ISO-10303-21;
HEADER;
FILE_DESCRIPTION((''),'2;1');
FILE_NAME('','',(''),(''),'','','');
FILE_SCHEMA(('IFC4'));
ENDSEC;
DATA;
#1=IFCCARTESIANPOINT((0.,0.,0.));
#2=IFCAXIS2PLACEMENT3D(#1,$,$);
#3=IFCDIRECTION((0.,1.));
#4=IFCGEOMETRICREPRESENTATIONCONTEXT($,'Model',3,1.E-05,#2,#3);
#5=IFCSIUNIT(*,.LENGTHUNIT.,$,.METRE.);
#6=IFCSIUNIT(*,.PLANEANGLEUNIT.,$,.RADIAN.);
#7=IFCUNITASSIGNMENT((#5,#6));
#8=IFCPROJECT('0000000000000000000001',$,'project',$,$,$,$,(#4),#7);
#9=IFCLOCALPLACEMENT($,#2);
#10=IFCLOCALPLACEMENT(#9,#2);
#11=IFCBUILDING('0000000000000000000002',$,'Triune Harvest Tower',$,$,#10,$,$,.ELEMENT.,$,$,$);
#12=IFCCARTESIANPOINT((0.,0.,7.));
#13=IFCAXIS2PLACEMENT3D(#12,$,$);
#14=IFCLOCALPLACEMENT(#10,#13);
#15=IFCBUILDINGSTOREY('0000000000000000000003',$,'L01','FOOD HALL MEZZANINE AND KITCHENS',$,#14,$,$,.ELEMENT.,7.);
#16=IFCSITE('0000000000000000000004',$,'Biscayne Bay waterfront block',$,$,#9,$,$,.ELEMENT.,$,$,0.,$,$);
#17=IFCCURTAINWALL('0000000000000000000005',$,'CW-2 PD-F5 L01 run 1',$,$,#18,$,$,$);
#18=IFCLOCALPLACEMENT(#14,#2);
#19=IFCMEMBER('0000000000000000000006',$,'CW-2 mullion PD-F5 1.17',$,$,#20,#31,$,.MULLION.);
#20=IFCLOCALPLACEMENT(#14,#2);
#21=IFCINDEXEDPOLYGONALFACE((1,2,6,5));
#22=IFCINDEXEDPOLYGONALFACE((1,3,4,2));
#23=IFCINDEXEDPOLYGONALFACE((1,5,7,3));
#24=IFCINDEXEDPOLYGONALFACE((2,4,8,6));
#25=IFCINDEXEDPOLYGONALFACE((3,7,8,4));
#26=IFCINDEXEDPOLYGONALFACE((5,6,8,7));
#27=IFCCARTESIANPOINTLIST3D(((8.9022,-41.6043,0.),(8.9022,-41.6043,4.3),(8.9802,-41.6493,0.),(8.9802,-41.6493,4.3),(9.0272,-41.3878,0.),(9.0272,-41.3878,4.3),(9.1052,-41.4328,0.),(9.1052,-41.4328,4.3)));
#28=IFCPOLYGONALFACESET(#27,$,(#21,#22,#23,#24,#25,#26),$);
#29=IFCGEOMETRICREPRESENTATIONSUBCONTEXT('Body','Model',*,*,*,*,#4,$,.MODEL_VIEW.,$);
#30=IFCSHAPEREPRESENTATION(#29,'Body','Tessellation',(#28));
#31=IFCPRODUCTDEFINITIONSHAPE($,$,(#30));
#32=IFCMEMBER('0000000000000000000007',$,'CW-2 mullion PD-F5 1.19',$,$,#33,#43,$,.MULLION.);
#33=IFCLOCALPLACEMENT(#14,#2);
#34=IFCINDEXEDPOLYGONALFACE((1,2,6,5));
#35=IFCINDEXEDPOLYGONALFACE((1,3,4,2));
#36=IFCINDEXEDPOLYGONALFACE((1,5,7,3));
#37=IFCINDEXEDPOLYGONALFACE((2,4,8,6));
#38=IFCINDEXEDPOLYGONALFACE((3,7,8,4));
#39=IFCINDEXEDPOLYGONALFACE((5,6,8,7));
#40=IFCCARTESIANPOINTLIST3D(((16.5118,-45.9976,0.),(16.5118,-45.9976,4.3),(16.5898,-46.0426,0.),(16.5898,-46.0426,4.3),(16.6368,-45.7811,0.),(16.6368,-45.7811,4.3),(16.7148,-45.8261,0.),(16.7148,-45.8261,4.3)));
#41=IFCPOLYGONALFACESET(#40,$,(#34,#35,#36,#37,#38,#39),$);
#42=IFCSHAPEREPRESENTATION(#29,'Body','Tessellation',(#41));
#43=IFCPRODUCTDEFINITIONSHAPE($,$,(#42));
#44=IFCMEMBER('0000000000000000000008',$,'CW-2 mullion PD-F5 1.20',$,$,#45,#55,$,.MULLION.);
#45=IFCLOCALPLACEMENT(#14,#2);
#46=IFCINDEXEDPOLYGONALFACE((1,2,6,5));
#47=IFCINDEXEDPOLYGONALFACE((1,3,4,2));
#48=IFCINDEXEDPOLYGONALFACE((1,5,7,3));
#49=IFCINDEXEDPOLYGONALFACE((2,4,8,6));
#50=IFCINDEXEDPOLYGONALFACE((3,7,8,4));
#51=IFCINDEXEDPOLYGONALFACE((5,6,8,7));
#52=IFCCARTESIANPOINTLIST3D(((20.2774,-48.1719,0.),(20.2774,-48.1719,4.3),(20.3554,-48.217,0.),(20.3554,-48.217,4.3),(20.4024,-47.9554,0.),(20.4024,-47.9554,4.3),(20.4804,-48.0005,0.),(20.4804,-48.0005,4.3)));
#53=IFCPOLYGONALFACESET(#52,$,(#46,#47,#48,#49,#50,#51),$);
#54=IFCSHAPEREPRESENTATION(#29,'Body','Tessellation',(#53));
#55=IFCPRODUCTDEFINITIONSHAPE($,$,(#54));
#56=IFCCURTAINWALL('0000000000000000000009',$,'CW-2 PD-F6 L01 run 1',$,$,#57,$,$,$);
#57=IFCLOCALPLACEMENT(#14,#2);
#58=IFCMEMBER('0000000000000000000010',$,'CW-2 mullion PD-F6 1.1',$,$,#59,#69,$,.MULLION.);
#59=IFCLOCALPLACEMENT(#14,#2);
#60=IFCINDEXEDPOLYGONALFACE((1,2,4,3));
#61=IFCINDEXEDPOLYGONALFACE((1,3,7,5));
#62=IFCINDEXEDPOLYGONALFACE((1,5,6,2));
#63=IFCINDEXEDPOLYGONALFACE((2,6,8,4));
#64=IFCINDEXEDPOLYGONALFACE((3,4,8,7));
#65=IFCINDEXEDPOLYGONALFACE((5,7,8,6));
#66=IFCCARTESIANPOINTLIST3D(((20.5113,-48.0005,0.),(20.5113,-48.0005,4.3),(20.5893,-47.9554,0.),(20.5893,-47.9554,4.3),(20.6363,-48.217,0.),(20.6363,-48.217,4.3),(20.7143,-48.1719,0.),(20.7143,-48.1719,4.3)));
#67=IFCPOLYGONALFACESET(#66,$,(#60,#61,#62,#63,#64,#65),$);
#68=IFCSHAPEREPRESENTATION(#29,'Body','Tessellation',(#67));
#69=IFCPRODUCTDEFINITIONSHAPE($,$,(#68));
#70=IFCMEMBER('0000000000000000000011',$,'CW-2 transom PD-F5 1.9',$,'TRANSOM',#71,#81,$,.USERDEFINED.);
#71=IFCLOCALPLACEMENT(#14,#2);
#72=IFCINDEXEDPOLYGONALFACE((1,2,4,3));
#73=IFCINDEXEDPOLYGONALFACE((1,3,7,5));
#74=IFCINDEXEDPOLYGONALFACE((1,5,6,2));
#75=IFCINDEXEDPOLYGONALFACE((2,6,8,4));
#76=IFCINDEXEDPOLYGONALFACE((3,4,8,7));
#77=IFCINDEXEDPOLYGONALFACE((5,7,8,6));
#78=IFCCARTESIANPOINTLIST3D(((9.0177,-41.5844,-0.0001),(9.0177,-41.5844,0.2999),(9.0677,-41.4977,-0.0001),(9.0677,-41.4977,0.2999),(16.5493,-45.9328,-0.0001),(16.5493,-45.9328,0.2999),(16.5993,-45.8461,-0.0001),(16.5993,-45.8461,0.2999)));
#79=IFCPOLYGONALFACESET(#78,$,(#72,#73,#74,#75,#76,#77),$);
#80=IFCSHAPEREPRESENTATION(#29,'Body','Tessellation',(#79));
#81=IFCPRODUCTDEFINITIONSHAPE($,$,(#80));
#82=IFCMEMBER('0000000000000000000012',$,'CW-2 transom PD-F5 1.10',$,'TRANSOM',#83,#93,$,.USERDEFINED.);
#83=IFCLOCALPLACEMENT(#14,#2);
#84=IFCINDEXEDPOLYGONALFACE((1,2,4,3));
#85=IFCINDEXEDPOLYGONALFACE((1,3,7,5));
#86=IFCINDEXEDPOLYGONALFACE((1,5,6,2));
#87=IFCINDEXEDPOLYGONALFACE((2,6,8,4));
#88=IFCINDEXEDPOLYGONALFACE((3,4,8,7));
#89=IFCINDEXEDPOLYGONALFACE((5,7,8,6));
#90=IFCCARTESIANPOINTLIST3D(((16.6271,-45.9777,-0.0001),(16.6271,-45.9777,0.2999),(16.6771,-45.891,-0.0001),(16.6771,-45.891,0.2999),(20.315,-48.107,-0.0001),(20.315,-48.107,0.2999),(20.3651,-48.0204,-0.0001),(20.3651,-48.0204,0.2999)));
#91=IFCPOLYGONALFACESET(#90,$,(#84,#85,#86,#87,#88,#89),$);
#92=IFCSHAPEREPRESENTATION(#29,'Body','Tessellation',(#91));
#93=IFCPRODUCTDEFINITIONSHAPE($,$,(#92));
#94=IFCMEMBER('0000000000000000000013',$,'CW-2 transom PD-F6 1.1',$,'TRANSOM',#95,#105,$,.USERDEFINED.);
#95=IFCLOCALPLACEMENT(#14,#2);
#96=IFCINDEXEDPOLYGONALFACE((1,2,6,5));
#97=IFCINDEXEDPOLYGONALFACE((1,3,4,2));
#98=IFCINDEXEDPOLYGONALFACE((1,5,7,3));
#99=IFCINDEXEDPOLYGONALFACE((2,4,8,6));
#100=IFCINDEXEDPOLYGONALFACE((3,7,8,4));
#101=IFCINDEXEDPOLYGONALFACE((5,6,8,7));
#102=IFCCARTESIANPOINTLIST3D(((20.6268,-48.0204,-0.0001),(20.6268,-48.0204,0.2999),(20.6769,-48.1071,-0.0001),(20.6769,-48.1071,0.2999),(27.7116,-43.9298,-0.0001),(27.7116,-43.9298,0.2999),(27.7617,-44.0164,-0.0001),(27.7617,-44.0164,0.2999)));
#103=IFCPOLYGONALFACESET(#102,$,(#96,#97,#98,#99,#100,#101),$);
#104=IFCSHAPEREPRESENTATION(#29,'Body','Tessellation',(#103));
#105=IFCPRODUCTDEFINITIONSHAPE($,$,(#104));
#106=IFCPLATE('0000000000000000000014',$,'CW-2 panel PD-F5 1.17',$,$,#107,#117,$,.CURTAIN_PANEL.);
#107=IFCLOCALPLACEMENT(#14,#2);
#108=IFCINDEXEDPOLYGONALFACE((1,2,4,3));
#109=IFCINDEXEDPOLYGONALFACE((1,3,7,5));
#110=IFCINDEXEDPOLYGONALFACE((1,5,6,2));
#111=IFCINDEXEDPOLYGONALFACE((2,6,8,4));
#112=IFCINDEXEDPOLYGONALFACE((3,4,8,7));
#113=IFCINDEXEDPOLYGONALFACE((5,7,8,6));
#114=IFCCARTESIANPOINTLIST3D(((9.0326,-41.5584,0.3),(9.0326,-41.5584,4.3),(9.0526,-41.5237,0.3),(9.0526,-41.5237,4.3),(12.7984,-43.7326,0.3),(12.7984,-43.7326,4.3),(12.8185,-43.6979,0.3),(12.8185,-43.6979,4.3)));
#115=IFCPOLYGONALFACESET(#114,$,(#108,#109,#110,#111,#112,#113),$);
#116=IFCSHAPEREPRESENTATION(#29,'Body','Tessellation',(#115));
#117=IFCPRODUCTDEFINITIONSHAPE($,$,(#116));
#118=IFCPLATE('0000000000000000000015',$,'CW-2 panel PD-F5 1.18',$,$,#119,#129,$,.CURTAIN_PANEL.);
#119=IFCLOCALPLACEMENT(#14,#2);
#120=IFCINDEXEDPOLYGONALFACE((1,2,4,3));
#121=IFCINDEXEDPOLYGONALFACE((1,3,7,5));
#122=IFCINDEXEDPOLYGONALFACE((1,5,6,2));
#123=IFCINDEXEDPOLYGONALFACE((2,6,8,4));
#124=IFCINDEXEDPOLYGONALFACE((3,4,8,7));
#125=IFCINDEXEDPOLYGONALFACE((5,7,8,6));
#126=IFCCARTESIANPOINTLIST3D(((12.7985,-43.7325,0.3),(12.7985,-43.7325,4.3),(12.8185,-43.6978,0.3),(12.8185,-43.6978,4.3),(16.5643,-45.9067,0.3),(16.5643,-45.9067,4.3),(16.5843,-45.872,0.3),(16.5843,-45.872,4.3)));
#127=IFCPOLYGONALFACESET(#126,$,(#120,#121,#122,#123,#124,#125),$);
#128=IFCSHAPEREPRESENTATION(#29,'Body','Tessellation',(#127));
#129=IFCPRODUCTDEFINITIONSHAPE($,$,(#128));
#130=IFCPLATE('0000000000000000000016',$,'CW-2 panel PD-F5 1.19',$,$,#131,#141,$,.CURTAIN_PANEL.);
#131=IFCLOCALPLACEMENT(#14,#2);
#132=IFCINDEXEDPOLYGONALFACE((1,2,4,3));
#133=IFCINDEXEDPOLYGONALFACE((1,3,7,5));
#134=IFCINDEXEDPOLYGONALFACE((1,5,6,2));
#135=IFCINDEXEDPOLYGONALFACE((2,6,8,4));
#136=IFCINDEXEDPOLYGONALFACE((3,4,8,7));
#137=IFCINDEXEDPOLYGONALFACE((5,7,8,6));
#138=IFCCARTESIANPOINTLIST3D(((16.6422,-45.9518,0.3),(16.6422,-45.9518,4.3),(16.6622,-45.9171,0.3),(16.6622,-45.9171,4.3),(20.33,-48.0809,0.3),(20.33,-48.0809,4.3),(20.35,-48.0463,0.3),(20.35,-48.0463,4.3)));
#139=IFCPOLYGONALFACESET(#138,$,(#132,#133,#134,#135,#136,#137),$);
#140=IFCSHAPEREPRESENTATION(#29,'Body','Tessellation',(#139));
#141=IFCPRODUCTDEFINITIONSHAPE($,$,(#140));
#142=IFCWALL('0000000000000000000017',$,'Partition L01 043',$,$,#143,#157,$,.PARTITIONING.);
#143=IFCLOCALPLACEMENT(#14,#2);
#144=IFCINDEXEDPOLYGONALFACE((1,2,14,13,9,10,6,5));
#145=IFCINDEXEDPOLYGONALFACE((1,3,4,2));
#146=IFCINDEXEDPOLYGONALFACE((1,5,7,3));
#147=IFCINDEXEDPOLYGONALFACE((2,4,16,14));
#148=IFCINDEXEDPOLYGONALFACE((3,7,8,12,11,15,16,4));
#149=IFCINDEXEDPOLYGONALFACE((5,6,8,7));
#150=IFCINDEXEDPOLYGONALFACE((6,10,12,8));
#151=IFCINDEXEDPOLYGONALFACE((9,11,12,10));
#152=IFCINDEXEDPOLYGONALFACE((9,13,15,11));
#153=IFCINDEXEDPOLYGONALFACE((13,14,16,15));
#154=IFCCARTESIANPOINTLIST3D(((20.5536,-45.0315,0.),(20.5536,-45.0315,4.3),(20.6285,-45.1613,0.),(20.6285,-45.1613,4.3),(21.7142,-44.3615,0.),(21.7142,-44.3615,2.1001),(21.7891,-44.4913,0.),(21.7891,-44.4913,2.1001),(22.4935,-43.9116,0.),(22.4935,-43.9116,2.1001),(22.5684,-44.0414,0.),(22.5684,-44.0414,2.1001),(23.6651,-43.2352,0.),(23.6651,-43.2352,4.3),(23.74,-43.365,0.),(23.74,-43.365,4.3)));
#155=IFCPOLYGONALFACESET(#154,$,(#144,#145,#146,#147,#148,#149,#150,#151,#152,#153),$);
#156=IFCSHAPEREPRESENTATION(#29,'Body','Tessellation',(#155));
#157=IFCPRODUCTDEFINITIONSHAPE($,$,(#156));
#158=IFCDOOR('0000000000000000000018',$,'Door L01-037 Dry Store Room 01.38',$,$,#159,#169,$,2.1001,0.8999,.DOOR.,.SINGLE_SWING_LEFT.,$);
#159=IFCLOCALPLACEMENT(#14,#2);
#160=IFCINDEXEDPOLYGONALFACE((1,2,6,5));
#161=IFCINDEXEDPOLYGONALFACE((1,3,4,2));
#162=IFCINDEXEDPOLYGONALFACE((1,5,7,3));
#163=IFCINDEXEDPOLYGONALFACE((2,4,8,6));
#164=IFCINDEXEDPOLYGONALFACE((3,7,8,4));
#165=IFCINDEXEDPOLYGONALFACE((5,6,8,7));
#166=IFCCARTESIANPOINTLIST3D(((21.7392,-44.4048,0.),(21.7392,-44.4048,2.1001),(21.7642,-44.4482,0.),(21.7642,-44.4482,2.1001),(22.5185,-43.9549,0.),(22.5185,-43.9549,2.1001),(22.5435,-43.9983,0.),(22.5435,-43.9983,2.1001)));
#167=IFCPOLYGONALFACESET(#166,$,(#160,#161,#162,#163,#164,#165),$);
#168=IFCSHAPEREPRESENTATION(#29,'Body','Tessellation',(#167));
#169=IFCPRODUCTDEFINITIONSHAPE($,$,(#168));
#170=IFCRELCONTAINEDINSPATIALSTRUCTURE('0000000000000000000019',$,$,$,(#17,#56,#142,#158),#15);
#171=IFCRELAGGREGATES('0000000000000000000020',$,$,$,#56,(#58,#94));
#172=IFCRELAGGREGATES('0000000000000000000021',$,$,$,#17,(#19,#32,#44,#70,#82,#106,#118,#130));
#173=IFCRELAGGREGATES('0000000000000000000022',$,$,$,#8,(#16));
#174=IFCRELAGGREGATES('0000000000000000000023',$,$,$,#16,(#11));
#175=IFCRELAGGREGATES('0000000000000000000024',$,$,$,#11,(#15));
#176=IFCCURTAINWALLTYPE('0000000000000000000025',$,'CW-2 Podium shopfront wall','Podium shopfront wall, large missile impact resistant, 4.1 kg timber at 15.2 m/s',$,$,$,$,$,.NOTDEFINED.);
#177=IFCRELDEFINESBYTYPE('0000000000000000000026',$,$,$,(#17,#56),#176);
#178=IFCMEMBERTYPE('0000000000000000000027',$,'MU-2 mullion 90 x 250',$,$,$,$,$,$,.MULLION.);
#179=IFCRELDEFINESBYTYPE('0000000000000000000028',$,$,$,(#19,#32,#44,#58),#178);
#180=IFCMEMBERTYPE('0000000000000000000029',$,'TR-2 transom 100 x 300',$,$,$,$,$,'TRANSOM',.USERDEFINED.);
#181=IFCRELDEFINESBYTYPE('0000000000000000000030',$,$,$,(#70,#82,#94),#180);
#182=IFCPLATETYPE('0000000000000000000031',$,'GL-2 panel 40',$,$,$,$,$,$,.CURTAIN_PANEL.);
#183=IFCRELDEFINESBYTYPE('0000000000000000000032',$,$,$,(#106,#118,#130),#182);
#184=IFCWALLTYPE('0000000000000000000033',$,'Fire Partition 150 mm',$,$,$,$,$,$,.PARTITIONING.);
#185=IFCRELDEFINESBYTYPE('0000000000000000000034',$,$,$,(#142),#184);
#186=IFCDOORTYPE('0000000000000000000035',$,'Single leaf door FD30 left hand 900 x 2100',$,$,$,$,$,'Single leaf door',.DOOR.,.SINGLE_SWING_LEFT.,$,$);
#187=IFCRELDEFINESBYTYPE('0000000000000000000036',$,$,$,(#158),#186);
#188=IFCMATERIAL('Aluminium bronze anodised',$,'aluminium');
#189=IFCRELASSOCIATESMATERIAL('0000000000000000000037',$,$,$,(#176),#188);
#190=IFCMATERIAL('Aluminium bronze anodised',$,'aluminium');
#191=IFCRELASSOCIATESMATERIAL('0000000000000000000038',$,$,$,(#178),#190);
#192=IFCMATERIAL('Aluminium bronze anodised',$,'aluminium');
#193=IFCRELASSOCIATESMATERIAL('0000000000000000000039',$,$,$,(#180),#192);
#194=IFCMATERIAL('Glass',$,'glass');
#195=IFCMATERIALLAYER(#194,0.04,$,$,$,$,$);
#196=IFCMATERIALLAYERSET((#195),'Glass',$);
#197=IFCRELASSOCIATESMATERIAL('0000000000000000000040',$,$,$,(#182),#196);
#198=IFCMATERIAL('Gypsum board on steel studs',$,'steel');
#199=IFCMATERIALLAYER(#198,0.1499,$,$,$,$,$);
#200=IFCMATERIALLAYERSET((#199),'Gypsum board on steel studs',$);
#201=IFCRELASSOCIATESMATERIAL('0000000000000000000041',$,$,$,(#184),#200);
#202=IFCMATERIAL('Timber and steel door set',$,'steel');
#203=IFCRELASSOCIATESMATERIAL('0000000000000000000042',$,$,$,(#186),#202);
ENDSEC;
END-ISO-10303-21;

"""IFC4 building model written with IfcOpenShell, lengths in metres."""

from ifc_helpers import new_model, si_unit, direction, frame, frame_2d, origin, origin_2d, place, context, subcontext, project, spatial, rectangle, extrude, source, transform, mapped, material, layer, layer_set, material_profile, profile_set, type_object, element, fill, aggregate, save


model = new_model("IFC4")

# Units and contexts
model_context = context("Model", 3, precision=1e-05, world=origin(), true_north=direction((0.0, 1.0)))
body_context = subcontext(model_context, "Body", "Model", "MODEL_VIEW")
ifc_project = project(units=[si_unit("LENGTHUNIT", "METRE"), si_unit("PLANEANGLEUNIT", "RADIAN")], contexts=[model_context])

# Site, building, storey
site_placement = place(None, origin())
site = spatial("IfcSite", under=ifc_project, at=site_placement, Name="Biscayne Bay waterfront block", CompositionType="ELEMENT", RefElevation=0.0)
building_placement = place(site_placement, origin())
building = spatial("IfcBuilding", under=site, at=building_placement, Name="Triune Harvest Tower", CompositionType="ELEMENT")
storey_placement = place(building_placement, frame((0.0, 0.0, 7.0)))
storey = spatial("IfcBuildingStorey", under=building, at=storey_placement, Name="L01", Description="FOOD HALL MEZZANINE AND KITCHENS", CompositionType="ELEMENT", Elevation=7.0)

# Curtain wall, members
ifc_material_1 = material(Name="Aluminium bronze anodised", Category="aluminium")
curtain_wall_type = type_object("IfcCurtainWallType", Name="CW-2 Podium shopfront wall", Description="Podium shopfront wall, large missile impact resistant, 4.1 kg timber at 15.2 m/s", PredefinedType="NOTDEFINED", material=ifc_material_1)
curtain_wall_1_placement = place(storey_placement, origin())
curtain_wall_1 = element("IfcCurtainWall", 1, at=curtain_wall_1_placement, inside=storey, type_object=curtain_wall_type, Name="CW-2 PD-F5 L01 run 1")
ifc_material_2 = material(Name="Aluminium bronze anodised", Category="aluminium")
ifc_material_profile_1 = material_profile(ifc_material_2, rectangle(XDim=0.25, YDim=0.0901, at=origin_2d()), Name="MU-2 mullion 90 x 250")
ifc_profile_set_1 = profile_set([ifc_material_profile_1], Name="Aluminium bronze anodised")
member_type_1 = type_object("IfcMemberType", Name="MU-2 mullion 90 x 250", PredefinedType="MULLION", material=ifc_profile_set_1)
shared_shape_1 = source(origin(), body_context, "Body", "SweptSolid", [
    extrude(rectangle(XDim=0.25, YDim=0.0901, at=origin_2d()), origin(), (0.0, 0.0, 1.0), 4.3),
])
member_1_placement = place(storey_placement, frame((9.0037, -41.5186, 0.0), z_axis=(0.0, 0.0, 1.0), x_axis=(0.5, 0.866025, 0.0)))
member_1 = element("IfcMember", 2, at=member_1_placement, type_object=member_type_1, Name="CW-2 mullion PD-F5 1.17", PredefinedType="MULLION", context=body_context, shape_type="MappedRepresentation", body=[
    mapped(shared_shape_1, transform((0.0, 0.0, 0.0), scale=1.0)),
])
member_2_placement = place(storey_placement, frame((16.6133, -45.9119, 0.0), z_axis=(0.0, 0.0, 1.0), x_axis=(0.5, 0.866025, 0.0)))
member_2 = element("IfcMember", 3, at=member_2_placement, type_object=member_type_1, Name="CW-2 mullion PD-F5 1.19", PredefinedType="MULLION", context=body_context, shape_type="MappedRepresentation", body=[
    mapped(shared_shape_1, transform((0.0, 0.0, 0.0), scale=1.0)),
])
member_3_placement = place(storey_placement, frame((20.3789, -48.0862, 0.0), z_axis=(0.0, 0.0, 1.0), x_axis=(0.5, 0.866025, 0.0)))
member_3 = element("IfcMember", 4, at=member_3_placement, type_object=member_type_1, Name="CW-2 mullion PD-F5 1.20", PredefinedType="MULLION", context=body_context, shape_type="MappedRepresentation", body=[
    mapped(shared_shape_1, transform((0.0, 0.0, 0.0), scale=1.0)),
])

# Curtain wall, member
curtain_wall_2_placement = place(storey_placement, origin())
curtain_wall_2 = element("IfcCurtainWall", 5, at=curtain_wall_2_placement, inside=storey, type_object=curtain_wall_type, Name="CW-2 PD-F6 L01 run 1")
member_4_placement = place(storey_placement, frame((20.6128, -48.0862, 0.0), z_axis=(0.0, 0.0, 1.0), x_axis=(-0.499998, 0.866027, 0.0)))
member_4 = element("IfcMember", 6, at=member_4_placement, type_object=member_type_1, Name="CW-2 mullion PD-F6 1.1", PredefinedType="MULLION", context=body_context, shape_type="MappedRepresentation", body=[
    mapped(shared_shape_1, transform((0.0, 0.0, 0.0), scale=1.0)),
])

# Members
ifc_material_3 = material(Name="Aluminium bronze anodised", Category="aluminium")
ifc_material_profile_2 = material_profile(ifc_material_3, rectangle(XDim=0.1001, YDim=0.3, at=origin_2d()), Name="TR-2 transom 100 x 300")
ifc_profile_set_2 = profile_set([ifc_material_profile_2], Name="Aluminium bronze anodised")
member_type_2 = type_object("IfcMemberType", Name="TR-2 transom 100 x 300", ElementType="TRANSOM", PredefinedType="USERDEFINED", material=ifc_profile_set_2)
shared_shape_2 = source(origin(), body_context, "Body", "SweptSolid", [
    extrude(rectangle(XDim=0.1001, YDim=0.3, at=origin_2d()), origin(), (0.0, 0.0, 1.0), 8.6968),
])
member_5_placement = place(storey_placement, frame((9.0427, -41.541, 0.1499), z_axis=(0.866021, -0.500007, 0.0), x_axis=(0.500007, 0.866021, 0.0)))
member_5 = element("IfcMember", 7, at=member_5_placement, type_object=member_type_2, Name="CW-2 transom PD-F5 1.9", ObjectType="TRANSOM", PredefinedType="USERDEFINED", context=body_context, shape_type="MappedRepresentation", body=[
    mapped(shared_shape_2, transform((0.0, 0.0, 0.0), scale=1.0)),
])
shared_shape_3 = source(origin(), body_context, "Body", "SweptSolid", [
    extrude(rectangle(XDim=0.1001, YDim=0.3, at=origin_2d()), origin(), (0.0, 0.0, 1.0), 4.2585),
])
member_6_placement = place(storey_placement, frame((16.6521, -45.9343, 0.1499), z_axis=(0.866012, -0.500024, 0.0), x_axis=(0.500024, 0.866012, 0.0)))
member_6 = element("IfcMember", 8, at=member_6_placement, type_object=member_type_2, Name="CW-2 transom PD-F5 1.10", ObjectType="TRANSOM", PredefinedType="USERDEFINED", context=body_context, shape_type="MappedRepresentation", body=[
    mapped(shared_shape_3, transform((0.0, 0.0, 0.0), scale=1.0)),
])
shared_shape_4 = source(origin(), body_context, "Body", "SweptSolid", [
    extrude(rectangle(XDim=0.1001, YDim=0.3, at=origin_2d()), origin(), (0.0, 0.0, 1.0), 8.1809),
])
member_7_placement = place(storey_placement, frame((20.6519, -48.0637, 0.1499), z_axis=(0.866014, 0.50002, 0.0), x_axis=(-0.50002, 0.866014, 0.0)))
member_7 = element("IfcMember", 9, at=member_7_placement, type_object=member_type_2, Name="CW-2 transom PD-F6 1.1", ObjectType="TRANSOM", PredefinedType="USERDEFINED", context=body_context, shape_type="MappedRepresentation", body=[
    mapped(shared_shape_4, transform((0.0, 0.0, 0.0), scale=1.0)),
])
aggregate(curtain_wall_2, [member_4, member_7])

# Plates
ifc_material_4 = material(Name="Glass", Category="glass")
ifc_layer_1 = layer(ifc_material_4, 0.04)
ifc_layer_set_1 = layer_set([ifc_layer_1], Name="Glass")
plate_type = type_object("IfcPlateType", Name="GL-2 panel 40", PredefinedType="CURTAIN_PANEL", material=ifc_layer_set_1)
shared_shape_5 = source(origin(), body_context, "Body", "SweptSolid", [
    extrude(rectangle(XDim=4.3484, YDim=0.04, at=origin_2d()), origin(), (0.0, 0.0, 1.0), 4.0),
])
plate_1_placement = place(storey_placement, frame((10.9255, -42.6282, 0.3), z_axis=(0.0, 0.0, 1.0), x_axis=(0.866025, -0.5, 0.0)))
plate_1 = element("IfcPlate", 10, at=plate_1_placement, type_object=plate_type, Name="CW-2 panel PD-F5 1.17", PredefinedType="CURTAIN_PANEL", context=body_context, shape_type="MappedRepresentation", body=[
    mapped(shared_shape_5, transform((0.0, 0.0, 0.0), scale=1.0)),
])
plate_2_placement = place(storey_placement, frame((14.6914, -44.8022, 0.3), z_axis=(0.0, 0.0, 1.0), x_axis=(0.866025, -0.5, 0.0)))
plate_2 = element("IfcPlate", 11, at=plate_2_placement, type_object=plate_type, Name="CW-2 panel PD-F5 1.18", PredefinedType="CURTAIN_PANEL", context=body_context, shape_type="MappedRepresentation", body=[
    mapped(shared_shape_5, transform((0.0, 0.0, 0.0), scale=1.0)),
])
shared_shape_6 = source(origin(), body_context, "Body", "SweptSolid", [
    extrude(rectangle(XDim=4.2583, YDim=0.04, at=origin_2d()), origin(), (0.0, 0.0, 1.0), 4.0),
])
plate_3_placement = place(storey_placement, frame((18.4961, -46.999, 0.3), z_axis=(0.0, 0.0, 1.0), x_axis=(0.866025, -0.5, 0.0)))
plate_3 = element("IfcPlate", 12, at=plate_3_placement, type_object=plate_type, Name="CW-2 panel PD-F5 1.19", PredefinedType="CURTAIN_PANEL", context=body_context, shape_type="MappedRepresentation", body=[
    mapped(shared_shape_6, transform((0.0, 0.0, 0.0), scale=1.0)),
])
aggregate(curtain_wall_1, [member_1, member_2, member_3, member_5, member_6, plate_1, plate_2, plate_3])

# Wall, opening, door
ifc_material_5 = material(Name="Gypsum board on steel studs", Category="steel")
ifc_layer_2 = layer(ifc_material_5, 0.1499)
ifc_layer_set_2 = layer_set([ifc_layer_2], Name="Gypsum board on steel studs")
wall_type = type_object("IfcWallType", Name="Fire Partition 150 mm", PredefinedType="PARTITIONING", material=ifc_layer_set_2)
wall_placement = place(storey_placement, frame((20.5911, -45.0964, 0.0), z_axis=(0.0, 0.0, 1.0), x_axis=(0.866035, 0.499983, 0.0)))
wall = element("IfcWall", 13, at=wall_placement, inside=storey, type_object=wall_type, Name="Partition L01 043", PredefinedType="PARTITIONING", context=body_context, shape_type="SweptSolid", body=[
    extrude(rectangle(XDim=3.5928, YDim=0.1499, at=frame_2d((1.7964, 0.0))), origin(), (0.0, 0.0, 1.0), 4.3),
])
opening_placement = place(wall_placement, frame((1.3401, 0.0, 0.0)))
opening = element("IfcOpeningElement", 14, at=opening_placement, cuts=wall, PredefinedType="OPENING", context=body_context, shape_type="SweptSolid", body=[
    extrude(rectangle(XDim=0.8999, YDim=2.1001, at=frame_2d((0.45, 1.05))), frame((0.0, 0.085, 0.0), z_axis=(0.0, -1.0, 0.0), x_axis=(1.0, 0.0, 0.0)), (0.0, 0.0, 1.0), 0.1699),
])
ifc_material_6 = material(Name="Timber and steel door set", Category="steel")
door_type = type_object("IfcDoorType", Name="Single leaf door FD30 left hand 900 x 2100", ElementType="Single leaf door", OperationType="SINGLE_SWING_LEFT", PredefinedType="DOOR", material=ifc_material_6)
door_placement = place(opening_placement, origin())
door = element("IfcDoor", 15, at=door_placement, inside=storey, type_object=door_type, Name="Door L01-037 Dry Store Room 01.38", OperationType="SINGLE_SWING_LEFT", OverallHeight=2.1001, OverallWidth=0.8999, PredefinedType="DOOR", context=body_context, shape_type="SweptSolid", body=[
    extrude(rectangle(XDim=0.8999, YDim=2.1001, at=frame_2d((0.45, 1.05))), frame((0.0, 0.0249, 0.0), z_axis=(0.0, -1.0, 0.0), x_axis=(1.0, 0.0, 0.0)), (0.0, 0.0, 1.0), 0.05),
])
fill(opening, door)

save(model, "model.ifc")
